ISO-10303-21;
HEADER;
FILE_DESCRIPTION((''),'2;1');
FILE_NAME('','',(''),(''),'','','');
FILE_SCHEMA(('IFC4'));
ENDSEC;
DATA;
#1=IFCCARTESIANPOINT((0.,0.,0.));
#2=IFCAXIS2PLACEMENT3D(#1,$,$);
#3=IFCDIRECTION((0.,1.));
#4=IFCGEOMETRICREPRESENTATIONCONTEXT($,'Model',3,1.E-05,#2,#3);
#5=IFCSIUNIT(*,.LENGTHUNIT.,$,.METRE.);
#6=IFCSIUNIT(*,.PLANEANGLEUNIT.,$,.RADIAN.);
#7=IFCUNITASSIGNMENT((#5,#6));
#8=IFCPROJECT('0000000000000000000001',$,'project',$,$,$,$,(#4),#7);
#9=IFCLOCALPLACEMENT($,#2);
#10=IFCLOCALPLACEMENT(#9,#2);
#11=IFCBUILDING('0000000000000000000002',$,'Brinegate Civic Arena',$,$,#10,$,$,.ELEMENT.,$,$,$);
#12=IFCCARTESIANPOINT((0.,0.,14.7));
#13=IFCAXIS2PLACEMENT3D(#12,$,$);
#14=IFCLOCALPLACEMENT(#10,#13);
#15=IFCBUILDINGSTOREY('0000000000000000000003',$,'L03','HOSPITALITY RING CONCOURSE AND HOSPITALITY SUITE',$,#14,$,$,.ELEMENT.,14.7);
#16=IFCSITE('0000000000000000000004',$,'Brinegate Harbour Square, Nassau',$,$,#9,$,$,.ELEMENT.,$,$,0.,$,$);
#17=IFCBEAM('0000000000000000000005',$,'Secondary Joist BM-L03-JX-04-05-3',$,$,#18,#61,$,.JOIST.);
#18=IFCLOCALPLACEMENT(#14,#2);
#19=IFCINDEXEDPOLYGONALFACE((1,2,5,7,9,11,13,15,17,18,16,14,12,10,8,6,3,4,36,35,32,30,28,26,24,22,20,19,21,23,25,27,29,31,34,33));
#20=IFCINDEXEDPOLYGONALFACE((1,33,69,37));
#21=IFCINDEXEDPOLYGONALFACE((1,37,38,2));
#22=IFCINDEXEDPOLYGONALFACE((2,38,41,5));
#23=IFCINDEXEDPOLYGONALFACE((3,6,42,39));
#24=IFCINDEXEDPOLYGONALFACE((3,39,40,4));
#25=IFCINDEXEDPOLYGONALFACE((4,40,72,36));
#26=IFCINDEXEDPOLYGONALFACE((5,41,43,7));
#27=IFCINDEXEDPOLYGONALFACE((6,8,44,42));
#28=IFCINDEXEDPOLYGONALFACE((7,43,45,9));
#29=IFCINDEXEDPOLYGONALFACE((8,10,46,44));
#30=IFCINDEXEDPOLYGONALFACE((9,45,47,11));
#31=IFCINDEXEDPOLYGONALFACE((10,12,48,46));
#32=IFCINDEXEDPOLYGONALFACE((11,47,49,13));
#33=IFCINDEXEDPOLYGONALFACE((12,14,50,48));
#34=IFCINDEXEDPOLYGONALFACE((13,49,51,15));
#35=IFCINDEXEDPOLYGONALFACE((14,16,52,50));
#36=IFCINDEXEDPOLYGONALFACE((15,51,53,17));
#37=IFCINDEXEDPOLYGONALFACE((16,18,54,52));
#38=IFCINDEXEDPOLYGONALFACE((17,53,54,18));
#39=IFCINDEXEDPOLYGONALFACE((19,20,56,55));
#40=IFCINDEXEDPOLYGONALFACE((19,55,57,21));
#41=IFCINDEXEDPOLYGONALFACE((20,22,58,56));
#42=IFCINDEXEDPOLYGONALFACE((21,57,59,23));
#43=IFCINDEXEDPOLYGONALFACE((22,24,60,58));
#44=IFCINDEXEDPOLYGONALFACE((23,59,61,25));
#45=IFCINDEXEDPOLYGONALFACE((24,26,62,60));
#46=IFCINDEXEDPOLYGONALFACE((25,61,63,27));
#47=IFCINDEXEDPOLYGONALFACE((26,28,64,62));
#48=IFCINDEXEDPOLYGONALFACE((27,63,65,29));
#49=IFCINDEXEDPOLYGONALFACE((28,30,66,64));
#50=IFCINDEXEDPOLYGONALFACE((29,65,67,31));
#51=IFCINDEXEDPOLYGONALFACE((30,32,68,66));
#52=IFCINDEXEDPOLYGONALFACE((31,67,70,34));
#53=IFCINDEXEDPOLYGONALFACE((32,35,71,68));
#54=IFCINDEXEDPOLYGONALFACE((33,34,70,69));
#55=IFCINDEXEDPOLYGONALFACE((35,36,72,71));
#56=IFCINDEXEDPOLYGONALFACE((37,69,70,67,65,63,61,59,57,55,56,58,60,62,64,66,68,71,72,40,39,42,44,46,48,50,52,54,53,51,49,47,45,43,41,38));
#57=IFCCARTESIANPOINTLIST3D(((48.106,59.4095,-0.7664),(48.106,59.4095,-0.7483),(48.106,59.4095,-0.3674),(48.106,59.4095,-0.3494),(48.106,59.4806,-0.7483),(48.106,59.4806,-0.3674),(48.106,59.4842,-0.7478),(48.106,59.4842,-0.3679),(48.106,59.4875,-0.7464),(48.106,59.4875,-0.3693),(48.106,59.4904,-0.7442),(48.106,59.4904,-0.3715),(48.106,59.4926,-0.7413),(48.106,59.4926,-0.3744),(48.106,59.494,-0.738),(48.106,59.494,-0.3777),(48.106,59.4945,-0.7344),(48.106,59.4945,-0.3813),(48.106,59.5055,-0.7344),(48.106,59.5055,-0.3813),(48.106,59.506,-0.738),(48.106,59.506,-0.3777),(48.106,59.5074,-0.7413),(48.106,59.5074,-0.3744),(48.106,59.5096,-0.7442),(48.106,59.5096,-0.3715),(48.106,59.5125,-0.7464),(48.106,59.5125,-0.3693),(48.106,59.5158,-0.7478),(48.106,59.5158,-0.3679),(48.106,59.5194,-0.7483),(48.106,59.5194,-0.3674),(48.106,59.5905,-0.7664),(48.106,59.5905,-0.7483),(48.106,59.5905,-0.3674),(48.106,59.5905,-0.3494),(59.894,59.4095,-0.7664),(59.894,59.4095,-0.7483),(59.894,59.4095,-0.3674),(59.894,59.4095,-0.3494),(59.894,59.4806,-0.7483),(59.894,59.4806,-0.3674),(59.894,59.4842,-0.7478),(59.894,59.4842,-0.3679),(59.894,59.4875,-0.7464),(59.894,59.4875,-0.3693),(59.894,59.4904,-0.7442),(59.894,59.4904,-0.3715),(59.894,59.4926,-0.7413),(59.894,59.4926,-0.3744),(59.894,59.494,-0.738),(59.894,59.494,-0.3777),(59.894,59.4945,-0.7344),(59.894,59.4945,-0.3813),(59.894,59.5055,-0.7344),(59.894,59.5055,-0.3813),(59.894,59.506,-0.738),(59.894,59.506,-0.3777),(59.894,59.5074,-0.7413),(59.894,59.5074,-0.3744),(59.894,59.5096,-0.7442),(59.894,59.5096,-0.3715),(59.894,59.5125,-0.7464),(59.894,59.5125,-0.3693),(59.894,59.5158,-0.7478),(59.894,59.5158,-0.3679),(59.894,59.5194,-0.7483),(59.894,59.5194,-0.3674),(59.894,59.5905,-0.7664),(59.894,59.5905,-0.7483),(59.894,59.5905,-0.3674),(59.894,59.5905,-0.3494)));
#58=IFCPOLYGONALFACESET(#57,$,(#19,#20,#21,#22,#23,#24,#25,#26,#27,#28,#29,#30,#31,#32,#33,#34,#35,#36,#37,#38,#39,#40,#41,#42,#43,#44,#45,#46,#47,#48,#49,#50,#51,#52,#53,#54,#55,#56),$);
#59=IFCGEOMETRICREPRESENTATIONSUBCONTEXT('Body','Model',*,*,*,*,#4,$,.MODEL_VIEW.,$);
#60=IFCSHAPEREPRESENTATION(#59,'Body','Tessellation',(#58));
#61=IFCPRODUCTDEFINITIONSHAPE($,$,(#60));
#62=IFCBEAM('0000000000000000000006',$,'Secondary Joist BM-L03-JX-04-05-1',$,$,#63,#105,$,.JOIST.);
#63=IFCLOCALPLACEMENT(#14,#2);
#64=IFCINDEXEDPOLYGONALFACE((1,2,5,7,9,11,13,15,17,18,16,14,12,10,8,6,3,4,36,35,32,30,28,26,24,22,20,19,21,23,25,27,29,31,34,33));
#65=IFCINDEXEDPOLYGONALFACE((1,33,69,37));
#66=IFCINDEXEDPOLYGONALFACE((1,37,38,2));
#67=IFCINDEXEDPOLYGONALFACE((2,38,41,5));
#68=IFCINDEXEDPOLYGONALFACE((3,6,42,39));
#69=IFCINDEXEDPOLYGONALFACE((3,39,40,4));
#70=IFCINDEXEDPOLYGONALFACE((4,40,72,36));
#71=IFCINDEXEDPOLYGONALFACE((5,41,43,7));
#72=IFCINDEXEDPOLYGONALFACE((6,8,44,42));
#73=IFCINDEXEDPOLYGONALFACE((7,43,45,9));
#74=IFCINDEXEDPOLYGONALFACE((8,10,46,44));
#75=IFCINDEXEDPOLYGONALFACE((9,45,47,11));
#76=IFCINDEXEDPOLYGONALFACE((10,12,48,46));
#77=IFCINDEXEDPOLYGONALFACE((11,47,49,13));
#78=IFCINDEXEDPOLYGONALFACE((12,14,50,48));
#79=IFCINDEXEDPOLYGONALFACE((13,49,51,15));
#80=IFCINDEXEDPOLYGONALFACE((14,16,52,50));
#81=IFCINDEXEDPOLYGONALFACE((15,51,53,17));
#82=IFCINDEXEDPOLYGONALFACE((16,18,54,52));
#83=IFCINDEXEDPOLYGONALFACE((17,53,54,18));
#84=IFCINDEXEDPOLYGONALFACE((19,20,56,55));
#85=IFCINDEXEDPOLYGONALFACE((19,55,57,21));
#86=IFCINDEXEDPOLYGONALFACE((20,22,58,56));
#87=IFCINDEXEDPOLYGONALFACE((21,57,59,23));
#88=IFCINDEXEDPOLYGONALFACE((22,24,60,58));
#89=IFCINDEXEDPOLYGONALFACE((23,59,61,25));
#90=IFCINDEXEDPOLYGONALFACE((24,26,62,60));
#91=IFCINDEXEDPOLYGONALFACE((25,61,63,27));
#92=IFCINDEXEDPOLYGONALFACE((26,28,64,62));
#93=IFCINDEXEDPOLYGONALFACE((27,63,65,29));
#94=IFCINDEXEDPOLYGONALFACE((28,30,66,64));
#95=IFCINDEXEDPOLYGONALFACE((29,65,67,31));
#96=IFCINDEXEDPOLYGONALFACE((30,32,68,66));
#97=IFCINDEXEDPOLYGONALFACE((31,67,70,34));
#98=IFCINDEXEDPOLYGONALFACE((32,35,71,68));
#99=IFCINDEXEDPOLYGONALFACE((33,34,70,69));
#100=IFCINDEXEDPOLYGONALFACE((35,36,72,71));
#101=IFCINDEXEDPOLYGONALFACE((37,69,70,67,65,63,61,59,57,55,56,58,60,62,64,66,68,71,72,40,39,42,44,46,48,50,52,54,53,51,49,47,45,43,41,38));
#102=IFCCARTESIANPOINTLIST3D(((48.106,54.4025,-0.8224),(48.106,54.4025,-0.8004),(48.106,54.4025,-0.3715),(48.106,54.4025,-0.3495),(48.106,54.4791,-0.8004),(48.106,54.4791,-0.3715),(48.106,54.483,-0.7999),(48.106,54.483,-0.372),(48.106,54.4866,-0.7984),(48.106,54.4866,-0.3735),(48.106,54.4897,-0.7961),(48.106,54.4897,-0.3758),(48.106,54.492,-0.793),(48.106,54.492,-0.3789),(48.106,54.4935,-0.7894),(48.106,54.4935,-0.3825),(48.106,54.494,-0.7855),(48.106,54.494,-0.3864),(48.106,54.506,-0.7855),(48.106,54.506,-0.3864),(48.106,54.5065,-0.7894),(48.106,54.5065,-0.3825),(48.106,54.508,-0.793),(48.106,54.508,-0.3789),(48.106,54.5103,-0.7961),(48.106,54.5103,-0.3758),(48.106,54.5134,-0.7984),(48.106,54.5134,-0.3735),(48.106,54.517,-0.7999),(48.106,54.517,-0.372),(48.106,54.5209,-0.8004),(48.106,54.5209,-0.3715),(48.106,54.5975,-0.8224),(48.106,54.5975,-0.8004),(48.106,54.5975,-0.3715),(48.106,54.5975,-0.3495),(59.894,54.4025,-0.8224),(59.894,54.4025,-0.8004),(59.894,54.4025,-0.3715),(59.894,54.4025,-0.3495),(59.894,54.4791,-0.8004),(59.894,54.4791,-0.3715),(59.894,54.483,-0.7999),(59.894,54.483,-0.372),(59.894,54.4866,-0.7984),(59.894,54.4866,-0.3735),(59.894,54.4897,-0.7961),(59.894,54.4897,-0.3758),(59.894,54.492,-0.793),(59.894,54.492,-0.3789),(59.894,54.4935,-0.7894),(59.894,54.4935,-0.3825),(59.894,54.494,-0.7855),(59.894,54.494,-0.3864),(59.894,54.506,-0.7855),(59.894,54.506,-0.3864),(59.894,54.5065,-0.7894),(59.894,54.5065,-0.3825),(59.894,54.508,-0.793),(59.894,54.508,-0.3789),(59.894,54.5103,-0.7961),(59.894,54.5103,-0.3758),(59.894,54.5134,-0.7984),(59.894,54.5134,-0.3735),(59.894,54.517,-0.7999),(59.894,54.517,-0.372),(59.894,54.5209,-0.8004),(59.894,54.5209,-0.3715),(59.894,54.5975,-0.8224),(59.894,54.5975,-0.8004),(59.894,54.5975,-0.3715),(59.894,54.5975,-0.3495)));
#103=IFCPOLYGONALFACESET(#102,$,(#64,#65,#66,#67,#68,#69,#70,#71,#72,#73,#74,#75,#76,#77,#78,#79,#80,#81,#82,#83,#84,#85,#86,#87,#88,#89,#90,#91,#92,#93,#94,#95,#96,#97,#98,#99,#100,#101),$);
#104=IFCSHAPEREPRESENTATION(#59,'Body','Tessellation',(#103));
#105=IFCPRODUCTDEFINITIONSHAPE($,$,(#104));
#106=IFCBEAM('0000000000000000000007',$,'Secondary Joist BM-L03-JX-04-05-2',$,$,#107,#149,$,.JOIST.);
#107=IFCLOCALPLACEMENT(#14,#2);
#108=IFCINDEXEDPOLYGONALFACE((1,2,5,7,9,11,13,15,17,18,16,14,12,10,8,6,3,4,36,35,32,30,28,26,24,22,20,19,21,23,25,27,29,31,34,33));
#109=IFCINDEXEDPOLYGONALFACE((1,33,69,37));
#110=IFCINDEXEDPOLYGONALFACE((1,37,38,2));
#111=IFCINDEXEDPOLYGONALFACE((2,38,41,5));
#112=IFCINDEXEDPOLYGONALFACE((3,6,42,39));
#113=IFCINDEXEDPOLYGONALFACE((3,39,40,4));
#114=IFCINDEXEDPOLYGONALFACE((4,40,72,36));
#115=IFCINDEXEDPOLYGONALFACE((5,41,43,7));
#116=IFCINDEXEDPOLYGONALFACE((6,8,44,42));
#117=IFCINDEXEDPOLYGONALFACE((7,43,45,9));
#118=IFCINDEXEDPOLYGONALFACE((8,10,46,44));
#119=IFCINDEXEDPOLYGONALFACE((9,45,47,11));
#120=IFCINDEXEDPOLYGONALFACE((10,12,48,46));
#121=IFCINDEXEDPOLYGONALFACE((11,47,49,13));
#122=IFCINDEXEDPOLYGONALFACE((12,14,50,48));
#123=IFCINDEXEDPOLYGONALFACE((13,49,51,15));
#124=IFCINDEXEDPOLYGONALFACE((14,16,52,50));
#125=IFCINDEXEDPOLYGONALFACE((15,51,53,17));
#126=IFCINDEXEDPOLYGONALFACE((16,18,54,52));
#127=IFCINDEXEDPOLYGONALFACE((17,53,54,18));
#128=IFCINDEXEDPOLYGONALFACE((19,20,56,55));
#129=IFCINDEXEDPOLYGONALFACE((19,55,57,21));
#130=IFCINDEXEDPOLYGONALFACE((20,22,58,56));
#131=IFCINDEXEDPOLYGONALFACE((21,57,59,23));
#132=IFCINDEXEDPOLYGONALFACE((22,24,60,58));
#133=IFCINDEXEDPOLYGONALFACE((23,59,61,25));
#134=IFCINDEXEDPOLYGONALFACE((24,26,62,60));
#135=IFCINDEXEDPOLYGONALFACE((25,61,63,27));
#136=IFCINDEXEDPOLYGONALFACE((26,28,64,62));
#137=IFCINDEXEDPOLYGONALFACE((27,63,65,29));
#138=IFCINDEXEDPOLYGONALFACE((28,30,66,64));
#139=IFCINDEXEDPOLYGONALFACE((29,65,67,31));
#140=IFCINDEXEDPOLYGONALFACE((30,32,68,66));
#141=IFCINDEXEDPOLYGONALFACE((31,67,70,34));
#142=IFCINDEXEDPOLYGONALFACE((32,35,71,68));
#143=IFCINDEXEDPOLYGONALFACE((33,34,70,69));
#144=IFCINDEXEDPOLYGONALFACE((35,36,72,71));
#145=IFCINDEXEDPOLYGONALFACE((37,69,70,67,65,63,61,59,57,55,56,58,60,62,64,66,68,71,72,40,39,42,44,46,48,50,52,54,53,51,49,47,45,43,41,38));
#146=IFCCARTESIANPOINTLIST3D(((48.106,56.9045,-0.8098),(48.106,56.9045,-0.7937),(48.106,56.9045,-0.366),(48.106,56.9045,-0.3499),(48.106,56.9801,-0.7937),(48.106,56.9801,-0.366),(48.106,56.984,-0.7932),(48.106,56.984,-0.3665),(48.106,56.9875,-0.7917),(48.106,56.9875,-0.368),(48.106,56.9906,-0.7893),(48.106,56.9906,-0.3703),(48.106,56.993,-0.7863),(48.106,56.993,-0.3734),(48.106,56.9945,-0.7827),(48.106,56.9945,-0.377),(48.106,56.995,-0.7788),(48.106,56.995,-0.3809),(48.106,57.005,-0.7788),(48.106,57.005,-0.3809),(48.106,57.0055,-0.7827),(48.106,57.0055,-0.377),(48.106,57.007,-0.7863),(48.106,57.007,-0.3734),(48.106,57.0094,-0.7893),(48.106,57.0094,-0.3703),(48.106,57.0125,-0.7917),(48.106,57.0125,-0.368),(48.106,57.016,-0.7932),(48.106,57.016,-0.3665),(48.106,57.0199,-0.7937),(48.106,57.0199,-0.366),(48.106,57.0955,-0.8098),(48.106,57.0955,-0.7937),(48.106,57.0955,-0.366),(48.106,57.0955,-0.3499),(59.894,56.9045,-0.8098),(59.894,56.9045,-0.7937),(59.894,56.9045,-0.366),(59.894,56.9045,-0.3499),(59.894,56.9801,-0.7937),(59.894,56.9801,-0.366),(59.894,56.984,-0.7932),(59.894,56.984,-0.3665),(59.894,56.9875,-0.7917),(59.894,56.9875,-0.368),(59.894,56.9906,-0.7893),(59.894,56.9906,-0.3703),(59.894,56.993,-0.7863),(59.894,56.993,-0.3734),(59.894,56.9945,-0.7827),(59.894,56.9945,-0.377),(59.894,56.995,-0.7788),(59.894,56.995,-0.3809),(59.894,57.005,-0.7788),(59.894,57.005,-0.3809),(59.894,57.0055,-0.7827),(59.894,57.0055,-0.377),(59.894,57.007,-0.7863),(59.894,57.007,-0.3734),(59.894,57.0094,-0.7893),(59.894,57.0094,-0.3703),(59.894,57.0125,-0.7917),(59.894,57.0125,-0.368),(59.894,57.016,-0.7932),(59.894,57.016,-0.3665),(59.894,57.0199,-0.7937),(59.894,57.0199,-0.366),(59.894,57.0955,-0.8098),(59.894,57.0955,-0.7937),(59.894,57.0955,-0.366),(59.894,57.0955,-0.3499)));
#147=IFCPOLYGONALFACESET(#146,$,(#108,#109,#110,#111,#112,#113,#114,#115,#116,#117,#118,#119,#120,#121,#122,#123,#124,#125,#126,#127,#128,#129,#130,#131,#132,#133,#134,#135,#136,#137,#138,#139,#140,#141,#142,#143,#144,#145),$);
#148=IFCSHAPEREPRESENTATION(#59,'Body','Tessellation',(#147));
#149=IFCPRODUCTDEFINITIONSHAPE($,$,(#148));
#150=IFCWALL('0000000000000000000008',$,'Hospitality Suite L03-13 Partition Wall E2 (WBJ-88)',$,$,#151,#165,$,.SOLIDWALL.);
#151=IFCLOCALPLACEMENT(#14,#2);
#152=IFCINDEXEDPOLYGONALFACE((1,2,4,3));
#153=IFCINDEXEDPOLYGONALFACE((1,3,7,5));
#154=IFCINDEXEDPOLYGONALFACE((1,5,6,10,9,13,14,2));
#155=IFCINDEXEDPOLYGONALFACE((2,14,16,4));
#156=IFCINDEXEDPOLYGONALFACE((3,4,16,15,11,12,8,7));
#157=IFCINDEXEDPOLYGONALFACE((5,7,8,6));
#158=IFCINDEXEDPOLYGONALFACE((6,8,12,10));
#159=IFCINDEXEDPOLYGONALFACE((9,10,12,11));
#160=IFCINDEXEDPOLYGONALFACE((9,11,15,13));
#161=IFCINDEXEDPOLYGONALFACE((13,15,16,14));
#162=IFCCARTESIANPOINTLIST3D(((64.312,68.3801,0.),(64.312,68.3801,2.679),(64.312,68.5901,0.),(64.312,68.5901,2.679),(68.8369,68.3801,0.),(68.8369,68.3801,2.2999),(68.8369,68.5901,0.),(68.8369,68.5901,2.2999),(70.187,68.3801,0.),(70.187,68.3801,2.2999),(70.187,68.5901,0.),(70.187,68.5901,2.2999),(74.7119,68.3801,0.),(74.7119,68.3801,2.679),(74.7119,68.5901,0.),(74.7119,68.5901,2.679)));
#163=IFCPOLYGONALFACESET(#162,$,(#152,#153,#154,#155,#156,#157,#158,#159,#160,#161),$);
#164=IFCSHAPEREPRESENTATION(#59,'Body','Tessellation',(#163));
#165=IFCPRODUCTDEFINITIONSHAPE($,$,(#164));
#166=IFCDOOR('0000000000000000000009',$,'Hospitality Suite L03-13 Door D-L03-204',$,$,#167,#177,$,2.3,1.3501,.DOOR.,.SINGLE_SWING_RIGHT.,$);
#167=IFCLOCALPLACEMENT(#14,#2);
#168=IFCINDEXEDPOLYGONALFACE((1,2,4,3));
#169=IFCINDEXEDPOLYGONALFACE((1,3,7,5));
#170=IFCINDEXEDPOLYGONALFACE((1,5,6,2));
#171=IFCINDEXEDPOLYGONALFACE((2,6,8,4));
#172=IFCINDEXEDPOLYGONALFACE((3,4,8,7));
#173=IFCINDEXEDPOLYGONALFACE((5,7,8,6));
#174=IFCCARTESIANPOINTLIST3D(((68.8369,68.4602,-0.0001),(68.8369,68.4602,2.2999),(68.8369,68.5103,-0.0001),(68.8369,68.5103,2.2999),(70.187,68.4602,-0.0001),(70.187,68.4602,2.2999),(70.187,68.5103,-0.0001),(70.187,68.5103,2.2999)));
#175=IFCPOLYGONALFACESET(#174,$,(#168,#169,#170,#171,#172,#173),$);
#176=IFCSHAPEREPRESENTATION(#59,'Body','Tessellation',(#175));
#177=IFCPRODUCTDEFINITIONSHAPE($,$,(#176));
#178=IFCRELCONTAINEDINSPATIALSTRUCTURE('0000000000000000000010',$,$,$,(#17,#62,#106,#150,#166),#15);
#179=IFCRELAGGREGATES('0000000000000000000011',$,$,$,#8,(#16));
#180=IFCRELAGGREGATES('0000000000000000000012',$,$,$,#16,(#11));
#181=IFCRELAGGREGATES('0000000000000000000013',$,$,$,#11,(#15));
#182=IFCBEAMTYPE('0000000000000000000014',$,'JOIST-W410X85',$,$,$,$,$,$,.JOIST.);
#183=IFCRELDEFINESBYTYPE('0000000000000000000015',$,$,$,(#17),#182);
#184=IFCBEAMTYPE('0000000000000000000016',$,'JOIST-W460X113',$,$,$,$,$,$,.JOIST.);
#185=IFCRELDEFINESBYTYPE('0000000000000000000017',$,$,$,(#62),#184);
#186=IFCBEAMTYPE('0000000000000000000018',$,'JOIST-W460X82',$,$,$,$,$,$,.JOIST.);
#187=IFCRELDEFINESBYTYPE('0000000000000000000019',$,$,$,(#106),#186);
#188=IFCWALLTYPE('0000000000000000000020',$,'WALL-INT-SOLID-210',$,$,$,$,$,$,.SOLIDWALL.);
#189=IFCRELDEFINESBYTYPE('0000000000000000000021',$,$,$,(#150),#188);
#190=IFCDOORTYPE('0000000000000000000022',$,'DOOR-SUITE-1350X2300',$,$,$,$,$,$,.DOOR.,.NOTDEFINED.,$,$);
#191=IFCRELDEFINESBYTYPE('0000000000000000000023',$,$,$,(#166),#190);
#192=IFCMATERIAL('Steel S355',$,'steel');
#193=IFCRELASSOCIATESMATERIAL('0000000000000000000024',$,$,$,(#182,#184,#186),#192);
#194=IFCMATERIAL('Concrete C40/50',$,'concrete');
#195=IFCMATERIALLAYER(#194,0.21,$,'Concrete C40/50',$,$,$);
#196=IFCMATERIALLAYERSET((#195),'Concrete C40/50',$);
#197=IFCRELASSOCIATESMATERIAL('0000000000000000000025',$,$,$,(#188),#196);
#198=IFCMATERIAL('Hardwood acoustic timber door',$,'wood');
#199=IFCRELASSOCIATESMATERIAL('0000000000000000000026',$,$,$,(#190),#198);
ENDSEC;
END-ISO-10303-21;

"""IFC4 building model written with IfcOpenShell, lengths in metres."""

from ifc_helpers import new_model, si_unit, direction, frame, frame_2d, origin, origin_2d, place, context, subcontext, project, spatial, rectangle, i_section, extrude, material, layer, layer_set, material_profile, profile_set, type_object, element, fill, save


model = new_model("IFC4")

# Units and contexts
model_context = context("Model", 3, precision=1e-05, world=origin(), true_north=direction((0.0, 1.0)))
body_context = subcontext(model_context, "Body", "Model", "MODEL_VIEW")
ifc_project = project(units=[si_unit("LENGTHUNIT", "METRE"), si_unit("PLANEANGLEUNIT", "RADIAN")], contexts=[model_context])

# Site, building, storey
site_placement = place(None, origin())
site = spatial("IfcSite", under=ifc_project, at=site_placement, Name="Brinegate Harbour Square, Nassau", CompositionType="ELEMENT", RefElevation=0.0)
building_placement = place(site_placement, origin())
building = spatial("IfcBuilding", under=site, at=building_placement, Name="Brinegate Civic Arena", CompositionType="ELEMENT")
storey_placement = place(building_placement, frame((0.0, 0.0, 14.7)))
storey = spatial("IfcBuildingStorey", under=building, at=storey_placement, Name="L03", Description="HOSPITALITY RING CONCOURSE AND HOSPITALITY SUITE", CompositionType="ELEMENT", Elevation=14.7)

# Beams
ifc_material_1 = material(Name="Steel S355", Category="steel")
ifc_material_profile_1 = material_profile(ifc_material_1, i_section(OverallWidth=0.1809, OverallDepth=0.417, WebThickness=0.011, FlangeThickness=0.0181, FilletRadius=0.0139, at=origin_2d()), Name="W410X85")
ifc_profile_set_1 = profile_set([ifc_material_profile_1], Name="Steel S355")
beam_type_1 = type_object("IfcBeamType", Name="JOIST-W410X85", PredefinedType="JOIST", material=ifc_profile_set_1)
beam_1_placement = place(storey_placement, frame((48.106, 59.5, -0.5579), z_axis=(1.0, 0.0, 0.0), x_axis=(0.0, 1.0, 0.0)))
element("IfcBeam", 1, at=beam_1_placement, inside=storey, type_object=beam_type_1, Name="Secondary Joist BM-L03-JX-04-05-3", PredefinedType="JOIST", context=body_context, shape_type="SweptSolid", body=[
    extrude(i_section(OverallWidth=0.1809, OverallDepth=0.417, WebThickness=0.011, FlangeThickness=0.0181, FilletRadius=0.0139, at=origin_2d()), origin(), (0.0, 0.0, 1.0), 11.7881),
])
ifc_material_profile_2 = material_profile(ifc_material_1, i_section(OverallWidth=0.1951, OverallDepth=0.4729, WebThickness=0.012, FlangeThickness=0.022, FilletRadius=0.0149, at=origin_2d()), Name="W460X113")
ifc_profile_set_2 = profile_set([ifc_material_profile_2], Name="Steel S355")
beam_type_2 = type_object("IfcBeamType", Name="JOIST-W460X113", PredefinedType="JOIST", material=ifc_profile_set_2)
beam_2_placement = place(storey_placement, frame((48.106, 54.5, -0.5859), z_axis=(1.0, 0.0, 0.0), x_axis=(0.0, 1.0, 0.0)))
element("IfcBeam", 2, at=beam_2_placement, inside=storey, type_object=beam_type_2, Name="Secondary Joist BM-L03-JX-04-05-1", PredefinedType="JOIST", context=body_context, shape_type="SweptSolid", body=[
    extrude(i_section(OverallWidth=0.1951, OverallDepth=0.4729, WebThickness=0.012, FlangeThickness=0.022, FilletRadius=0.0149, at=origin_2d()), origin(), (0.0, 0.0, 1.0), 11.7881),
])
ifc_material_profile_3 = material_profile(ifc_material_1, i_section(OverallWidth=0.1909, OverallDepth=0.46, WebThickness=0.01, FlangeThickness=0.0161, FilletRadius=0.0149, at=origin_2d()), Name="W460X82")
ifc_profile_set_3 = profile_set([ifc_material_profile_3], Name="Steel S355")
beam_type_3 = type_object("IfcBeamType", Name="JOIST-W460X82", PredefinedType="JOIST", material=ifc_profile_set_3)
beam_3_placement = place(storey_placement, frame((48.106, 57.0, -0.5798), z_axis=(1.0, 0.0, 0.0), x_axis=(0.0, 1.0, 0.0)))
element("IfcBeam", 3, at=beam_3_placement, inside=storey, type_object=beam_type_3, Name="Secondary Joist BM-L03-JX-04-05-2", PredefinedType="JOIST", context=body_context, shape_type="SweptSolid", body=[
    extrude(i_section(OverallWidth=0.1909, OverallDepth=0.46, WebThickness=0.01, FlangeThickness=0.0161, FilletRadius=0.0149, at=origin_2d()), origin(), (0.0, 0.0, 1.0), 11.7881),
])

# Wall, opening, door
ifc_material_2 = material(Name="Concrete C40/50", Category="concrete")
ifc_layer_1 = layer(ifc_material_2, 0.21, Name="Concrete C40/50")
ifc_layer_set_1 = layer_set([ifc_layer_1], Name="Concrete C40/50")
wall_type_1 = type_object("IfcWallType", Name="WALL-INT-SOLID-210", PredefinedType="SOLIDWALL", material=ifc_layer_set_1)
wall_1_placement = place(storey_placement, frame((74.7119, 68.4851, 0.0), z_axis=(0.0, 0.0, 1.0), x_axis=(-1.0, 0.0, 0.0)))
wall_1 = element("IfcWall", 4, at=wall_1_placement, inside=storey, type_object=wall_type_1, Name="Hospitality Suite L03-13 Partition Wall E2 (WBJ-88)", PredefinedType="SOLIDWALL", context=body_context, shape_type="SweptSolid", body=[
    extrude(rectangle(XDim=10.3999, YDim=0.21, at=frame_2d((5.2, 0.0))), origin(), (0.0, 0.0, 1.0), 2.679),
])
opening_1_placement = place(wall_1_placement, frame((4.5249, 0.0, 0.0)))
opening_1 = element("IfcOpeningElement", 5, at=opening_1_placement, cuts=wall_1, PredefinedType="OPENING", context=body_context, shape_type="SweptSolid", body=[
    extrude(rectangle(XDim=1.3501, YDim=2.3, at=frame_2d((0.675, 1.1499))), frame((0.0, 0.115, 0.0), z_axis=(0.0, -1.0, 0.0), x_axis=(1.0, 0.0, 0.0)), (0.0, 0.0, 1.0), 0.23),
])
ifc_material_3 = material(Name="Hardwood acoustic timber door", Category="wood")
door_type_1 = type_object("IfcDoorType", Name="DOOR-SUITE-1350X2300", OperationType="NOTDEFINED", PredefinedType="DOOR", material=ifc_material_3)
door_1_placement = place(opening_1_placement, origin())
door_1 = element("IfcDoor", 6, at=door_1_placement, inside=storey, type_object=door_type_1, Name="Hospitality Suite L03-13 Door D-L03-204", OperationType="SINGLE_SWING_RIGHT", OverallHeight=2.3, OverallWidth=1.3501, PredefinedType="DOOR", context=body_context, shape_type="SweptSolid", body=[
    extrude(rectangle(XDim=1.3501, YDim=2.3, at=frame_2d((0.675, 1.1499))), frame((0.0, 0.0249, 0.0), z_axis=(0.0, -1.0, 0.0), x_axis=(1.0, 0.0, 0.0)), (0.0, 0.0, 1.0), 0.05),
])
fill(opening_1, door_1)

save(model, "model.ifc")
